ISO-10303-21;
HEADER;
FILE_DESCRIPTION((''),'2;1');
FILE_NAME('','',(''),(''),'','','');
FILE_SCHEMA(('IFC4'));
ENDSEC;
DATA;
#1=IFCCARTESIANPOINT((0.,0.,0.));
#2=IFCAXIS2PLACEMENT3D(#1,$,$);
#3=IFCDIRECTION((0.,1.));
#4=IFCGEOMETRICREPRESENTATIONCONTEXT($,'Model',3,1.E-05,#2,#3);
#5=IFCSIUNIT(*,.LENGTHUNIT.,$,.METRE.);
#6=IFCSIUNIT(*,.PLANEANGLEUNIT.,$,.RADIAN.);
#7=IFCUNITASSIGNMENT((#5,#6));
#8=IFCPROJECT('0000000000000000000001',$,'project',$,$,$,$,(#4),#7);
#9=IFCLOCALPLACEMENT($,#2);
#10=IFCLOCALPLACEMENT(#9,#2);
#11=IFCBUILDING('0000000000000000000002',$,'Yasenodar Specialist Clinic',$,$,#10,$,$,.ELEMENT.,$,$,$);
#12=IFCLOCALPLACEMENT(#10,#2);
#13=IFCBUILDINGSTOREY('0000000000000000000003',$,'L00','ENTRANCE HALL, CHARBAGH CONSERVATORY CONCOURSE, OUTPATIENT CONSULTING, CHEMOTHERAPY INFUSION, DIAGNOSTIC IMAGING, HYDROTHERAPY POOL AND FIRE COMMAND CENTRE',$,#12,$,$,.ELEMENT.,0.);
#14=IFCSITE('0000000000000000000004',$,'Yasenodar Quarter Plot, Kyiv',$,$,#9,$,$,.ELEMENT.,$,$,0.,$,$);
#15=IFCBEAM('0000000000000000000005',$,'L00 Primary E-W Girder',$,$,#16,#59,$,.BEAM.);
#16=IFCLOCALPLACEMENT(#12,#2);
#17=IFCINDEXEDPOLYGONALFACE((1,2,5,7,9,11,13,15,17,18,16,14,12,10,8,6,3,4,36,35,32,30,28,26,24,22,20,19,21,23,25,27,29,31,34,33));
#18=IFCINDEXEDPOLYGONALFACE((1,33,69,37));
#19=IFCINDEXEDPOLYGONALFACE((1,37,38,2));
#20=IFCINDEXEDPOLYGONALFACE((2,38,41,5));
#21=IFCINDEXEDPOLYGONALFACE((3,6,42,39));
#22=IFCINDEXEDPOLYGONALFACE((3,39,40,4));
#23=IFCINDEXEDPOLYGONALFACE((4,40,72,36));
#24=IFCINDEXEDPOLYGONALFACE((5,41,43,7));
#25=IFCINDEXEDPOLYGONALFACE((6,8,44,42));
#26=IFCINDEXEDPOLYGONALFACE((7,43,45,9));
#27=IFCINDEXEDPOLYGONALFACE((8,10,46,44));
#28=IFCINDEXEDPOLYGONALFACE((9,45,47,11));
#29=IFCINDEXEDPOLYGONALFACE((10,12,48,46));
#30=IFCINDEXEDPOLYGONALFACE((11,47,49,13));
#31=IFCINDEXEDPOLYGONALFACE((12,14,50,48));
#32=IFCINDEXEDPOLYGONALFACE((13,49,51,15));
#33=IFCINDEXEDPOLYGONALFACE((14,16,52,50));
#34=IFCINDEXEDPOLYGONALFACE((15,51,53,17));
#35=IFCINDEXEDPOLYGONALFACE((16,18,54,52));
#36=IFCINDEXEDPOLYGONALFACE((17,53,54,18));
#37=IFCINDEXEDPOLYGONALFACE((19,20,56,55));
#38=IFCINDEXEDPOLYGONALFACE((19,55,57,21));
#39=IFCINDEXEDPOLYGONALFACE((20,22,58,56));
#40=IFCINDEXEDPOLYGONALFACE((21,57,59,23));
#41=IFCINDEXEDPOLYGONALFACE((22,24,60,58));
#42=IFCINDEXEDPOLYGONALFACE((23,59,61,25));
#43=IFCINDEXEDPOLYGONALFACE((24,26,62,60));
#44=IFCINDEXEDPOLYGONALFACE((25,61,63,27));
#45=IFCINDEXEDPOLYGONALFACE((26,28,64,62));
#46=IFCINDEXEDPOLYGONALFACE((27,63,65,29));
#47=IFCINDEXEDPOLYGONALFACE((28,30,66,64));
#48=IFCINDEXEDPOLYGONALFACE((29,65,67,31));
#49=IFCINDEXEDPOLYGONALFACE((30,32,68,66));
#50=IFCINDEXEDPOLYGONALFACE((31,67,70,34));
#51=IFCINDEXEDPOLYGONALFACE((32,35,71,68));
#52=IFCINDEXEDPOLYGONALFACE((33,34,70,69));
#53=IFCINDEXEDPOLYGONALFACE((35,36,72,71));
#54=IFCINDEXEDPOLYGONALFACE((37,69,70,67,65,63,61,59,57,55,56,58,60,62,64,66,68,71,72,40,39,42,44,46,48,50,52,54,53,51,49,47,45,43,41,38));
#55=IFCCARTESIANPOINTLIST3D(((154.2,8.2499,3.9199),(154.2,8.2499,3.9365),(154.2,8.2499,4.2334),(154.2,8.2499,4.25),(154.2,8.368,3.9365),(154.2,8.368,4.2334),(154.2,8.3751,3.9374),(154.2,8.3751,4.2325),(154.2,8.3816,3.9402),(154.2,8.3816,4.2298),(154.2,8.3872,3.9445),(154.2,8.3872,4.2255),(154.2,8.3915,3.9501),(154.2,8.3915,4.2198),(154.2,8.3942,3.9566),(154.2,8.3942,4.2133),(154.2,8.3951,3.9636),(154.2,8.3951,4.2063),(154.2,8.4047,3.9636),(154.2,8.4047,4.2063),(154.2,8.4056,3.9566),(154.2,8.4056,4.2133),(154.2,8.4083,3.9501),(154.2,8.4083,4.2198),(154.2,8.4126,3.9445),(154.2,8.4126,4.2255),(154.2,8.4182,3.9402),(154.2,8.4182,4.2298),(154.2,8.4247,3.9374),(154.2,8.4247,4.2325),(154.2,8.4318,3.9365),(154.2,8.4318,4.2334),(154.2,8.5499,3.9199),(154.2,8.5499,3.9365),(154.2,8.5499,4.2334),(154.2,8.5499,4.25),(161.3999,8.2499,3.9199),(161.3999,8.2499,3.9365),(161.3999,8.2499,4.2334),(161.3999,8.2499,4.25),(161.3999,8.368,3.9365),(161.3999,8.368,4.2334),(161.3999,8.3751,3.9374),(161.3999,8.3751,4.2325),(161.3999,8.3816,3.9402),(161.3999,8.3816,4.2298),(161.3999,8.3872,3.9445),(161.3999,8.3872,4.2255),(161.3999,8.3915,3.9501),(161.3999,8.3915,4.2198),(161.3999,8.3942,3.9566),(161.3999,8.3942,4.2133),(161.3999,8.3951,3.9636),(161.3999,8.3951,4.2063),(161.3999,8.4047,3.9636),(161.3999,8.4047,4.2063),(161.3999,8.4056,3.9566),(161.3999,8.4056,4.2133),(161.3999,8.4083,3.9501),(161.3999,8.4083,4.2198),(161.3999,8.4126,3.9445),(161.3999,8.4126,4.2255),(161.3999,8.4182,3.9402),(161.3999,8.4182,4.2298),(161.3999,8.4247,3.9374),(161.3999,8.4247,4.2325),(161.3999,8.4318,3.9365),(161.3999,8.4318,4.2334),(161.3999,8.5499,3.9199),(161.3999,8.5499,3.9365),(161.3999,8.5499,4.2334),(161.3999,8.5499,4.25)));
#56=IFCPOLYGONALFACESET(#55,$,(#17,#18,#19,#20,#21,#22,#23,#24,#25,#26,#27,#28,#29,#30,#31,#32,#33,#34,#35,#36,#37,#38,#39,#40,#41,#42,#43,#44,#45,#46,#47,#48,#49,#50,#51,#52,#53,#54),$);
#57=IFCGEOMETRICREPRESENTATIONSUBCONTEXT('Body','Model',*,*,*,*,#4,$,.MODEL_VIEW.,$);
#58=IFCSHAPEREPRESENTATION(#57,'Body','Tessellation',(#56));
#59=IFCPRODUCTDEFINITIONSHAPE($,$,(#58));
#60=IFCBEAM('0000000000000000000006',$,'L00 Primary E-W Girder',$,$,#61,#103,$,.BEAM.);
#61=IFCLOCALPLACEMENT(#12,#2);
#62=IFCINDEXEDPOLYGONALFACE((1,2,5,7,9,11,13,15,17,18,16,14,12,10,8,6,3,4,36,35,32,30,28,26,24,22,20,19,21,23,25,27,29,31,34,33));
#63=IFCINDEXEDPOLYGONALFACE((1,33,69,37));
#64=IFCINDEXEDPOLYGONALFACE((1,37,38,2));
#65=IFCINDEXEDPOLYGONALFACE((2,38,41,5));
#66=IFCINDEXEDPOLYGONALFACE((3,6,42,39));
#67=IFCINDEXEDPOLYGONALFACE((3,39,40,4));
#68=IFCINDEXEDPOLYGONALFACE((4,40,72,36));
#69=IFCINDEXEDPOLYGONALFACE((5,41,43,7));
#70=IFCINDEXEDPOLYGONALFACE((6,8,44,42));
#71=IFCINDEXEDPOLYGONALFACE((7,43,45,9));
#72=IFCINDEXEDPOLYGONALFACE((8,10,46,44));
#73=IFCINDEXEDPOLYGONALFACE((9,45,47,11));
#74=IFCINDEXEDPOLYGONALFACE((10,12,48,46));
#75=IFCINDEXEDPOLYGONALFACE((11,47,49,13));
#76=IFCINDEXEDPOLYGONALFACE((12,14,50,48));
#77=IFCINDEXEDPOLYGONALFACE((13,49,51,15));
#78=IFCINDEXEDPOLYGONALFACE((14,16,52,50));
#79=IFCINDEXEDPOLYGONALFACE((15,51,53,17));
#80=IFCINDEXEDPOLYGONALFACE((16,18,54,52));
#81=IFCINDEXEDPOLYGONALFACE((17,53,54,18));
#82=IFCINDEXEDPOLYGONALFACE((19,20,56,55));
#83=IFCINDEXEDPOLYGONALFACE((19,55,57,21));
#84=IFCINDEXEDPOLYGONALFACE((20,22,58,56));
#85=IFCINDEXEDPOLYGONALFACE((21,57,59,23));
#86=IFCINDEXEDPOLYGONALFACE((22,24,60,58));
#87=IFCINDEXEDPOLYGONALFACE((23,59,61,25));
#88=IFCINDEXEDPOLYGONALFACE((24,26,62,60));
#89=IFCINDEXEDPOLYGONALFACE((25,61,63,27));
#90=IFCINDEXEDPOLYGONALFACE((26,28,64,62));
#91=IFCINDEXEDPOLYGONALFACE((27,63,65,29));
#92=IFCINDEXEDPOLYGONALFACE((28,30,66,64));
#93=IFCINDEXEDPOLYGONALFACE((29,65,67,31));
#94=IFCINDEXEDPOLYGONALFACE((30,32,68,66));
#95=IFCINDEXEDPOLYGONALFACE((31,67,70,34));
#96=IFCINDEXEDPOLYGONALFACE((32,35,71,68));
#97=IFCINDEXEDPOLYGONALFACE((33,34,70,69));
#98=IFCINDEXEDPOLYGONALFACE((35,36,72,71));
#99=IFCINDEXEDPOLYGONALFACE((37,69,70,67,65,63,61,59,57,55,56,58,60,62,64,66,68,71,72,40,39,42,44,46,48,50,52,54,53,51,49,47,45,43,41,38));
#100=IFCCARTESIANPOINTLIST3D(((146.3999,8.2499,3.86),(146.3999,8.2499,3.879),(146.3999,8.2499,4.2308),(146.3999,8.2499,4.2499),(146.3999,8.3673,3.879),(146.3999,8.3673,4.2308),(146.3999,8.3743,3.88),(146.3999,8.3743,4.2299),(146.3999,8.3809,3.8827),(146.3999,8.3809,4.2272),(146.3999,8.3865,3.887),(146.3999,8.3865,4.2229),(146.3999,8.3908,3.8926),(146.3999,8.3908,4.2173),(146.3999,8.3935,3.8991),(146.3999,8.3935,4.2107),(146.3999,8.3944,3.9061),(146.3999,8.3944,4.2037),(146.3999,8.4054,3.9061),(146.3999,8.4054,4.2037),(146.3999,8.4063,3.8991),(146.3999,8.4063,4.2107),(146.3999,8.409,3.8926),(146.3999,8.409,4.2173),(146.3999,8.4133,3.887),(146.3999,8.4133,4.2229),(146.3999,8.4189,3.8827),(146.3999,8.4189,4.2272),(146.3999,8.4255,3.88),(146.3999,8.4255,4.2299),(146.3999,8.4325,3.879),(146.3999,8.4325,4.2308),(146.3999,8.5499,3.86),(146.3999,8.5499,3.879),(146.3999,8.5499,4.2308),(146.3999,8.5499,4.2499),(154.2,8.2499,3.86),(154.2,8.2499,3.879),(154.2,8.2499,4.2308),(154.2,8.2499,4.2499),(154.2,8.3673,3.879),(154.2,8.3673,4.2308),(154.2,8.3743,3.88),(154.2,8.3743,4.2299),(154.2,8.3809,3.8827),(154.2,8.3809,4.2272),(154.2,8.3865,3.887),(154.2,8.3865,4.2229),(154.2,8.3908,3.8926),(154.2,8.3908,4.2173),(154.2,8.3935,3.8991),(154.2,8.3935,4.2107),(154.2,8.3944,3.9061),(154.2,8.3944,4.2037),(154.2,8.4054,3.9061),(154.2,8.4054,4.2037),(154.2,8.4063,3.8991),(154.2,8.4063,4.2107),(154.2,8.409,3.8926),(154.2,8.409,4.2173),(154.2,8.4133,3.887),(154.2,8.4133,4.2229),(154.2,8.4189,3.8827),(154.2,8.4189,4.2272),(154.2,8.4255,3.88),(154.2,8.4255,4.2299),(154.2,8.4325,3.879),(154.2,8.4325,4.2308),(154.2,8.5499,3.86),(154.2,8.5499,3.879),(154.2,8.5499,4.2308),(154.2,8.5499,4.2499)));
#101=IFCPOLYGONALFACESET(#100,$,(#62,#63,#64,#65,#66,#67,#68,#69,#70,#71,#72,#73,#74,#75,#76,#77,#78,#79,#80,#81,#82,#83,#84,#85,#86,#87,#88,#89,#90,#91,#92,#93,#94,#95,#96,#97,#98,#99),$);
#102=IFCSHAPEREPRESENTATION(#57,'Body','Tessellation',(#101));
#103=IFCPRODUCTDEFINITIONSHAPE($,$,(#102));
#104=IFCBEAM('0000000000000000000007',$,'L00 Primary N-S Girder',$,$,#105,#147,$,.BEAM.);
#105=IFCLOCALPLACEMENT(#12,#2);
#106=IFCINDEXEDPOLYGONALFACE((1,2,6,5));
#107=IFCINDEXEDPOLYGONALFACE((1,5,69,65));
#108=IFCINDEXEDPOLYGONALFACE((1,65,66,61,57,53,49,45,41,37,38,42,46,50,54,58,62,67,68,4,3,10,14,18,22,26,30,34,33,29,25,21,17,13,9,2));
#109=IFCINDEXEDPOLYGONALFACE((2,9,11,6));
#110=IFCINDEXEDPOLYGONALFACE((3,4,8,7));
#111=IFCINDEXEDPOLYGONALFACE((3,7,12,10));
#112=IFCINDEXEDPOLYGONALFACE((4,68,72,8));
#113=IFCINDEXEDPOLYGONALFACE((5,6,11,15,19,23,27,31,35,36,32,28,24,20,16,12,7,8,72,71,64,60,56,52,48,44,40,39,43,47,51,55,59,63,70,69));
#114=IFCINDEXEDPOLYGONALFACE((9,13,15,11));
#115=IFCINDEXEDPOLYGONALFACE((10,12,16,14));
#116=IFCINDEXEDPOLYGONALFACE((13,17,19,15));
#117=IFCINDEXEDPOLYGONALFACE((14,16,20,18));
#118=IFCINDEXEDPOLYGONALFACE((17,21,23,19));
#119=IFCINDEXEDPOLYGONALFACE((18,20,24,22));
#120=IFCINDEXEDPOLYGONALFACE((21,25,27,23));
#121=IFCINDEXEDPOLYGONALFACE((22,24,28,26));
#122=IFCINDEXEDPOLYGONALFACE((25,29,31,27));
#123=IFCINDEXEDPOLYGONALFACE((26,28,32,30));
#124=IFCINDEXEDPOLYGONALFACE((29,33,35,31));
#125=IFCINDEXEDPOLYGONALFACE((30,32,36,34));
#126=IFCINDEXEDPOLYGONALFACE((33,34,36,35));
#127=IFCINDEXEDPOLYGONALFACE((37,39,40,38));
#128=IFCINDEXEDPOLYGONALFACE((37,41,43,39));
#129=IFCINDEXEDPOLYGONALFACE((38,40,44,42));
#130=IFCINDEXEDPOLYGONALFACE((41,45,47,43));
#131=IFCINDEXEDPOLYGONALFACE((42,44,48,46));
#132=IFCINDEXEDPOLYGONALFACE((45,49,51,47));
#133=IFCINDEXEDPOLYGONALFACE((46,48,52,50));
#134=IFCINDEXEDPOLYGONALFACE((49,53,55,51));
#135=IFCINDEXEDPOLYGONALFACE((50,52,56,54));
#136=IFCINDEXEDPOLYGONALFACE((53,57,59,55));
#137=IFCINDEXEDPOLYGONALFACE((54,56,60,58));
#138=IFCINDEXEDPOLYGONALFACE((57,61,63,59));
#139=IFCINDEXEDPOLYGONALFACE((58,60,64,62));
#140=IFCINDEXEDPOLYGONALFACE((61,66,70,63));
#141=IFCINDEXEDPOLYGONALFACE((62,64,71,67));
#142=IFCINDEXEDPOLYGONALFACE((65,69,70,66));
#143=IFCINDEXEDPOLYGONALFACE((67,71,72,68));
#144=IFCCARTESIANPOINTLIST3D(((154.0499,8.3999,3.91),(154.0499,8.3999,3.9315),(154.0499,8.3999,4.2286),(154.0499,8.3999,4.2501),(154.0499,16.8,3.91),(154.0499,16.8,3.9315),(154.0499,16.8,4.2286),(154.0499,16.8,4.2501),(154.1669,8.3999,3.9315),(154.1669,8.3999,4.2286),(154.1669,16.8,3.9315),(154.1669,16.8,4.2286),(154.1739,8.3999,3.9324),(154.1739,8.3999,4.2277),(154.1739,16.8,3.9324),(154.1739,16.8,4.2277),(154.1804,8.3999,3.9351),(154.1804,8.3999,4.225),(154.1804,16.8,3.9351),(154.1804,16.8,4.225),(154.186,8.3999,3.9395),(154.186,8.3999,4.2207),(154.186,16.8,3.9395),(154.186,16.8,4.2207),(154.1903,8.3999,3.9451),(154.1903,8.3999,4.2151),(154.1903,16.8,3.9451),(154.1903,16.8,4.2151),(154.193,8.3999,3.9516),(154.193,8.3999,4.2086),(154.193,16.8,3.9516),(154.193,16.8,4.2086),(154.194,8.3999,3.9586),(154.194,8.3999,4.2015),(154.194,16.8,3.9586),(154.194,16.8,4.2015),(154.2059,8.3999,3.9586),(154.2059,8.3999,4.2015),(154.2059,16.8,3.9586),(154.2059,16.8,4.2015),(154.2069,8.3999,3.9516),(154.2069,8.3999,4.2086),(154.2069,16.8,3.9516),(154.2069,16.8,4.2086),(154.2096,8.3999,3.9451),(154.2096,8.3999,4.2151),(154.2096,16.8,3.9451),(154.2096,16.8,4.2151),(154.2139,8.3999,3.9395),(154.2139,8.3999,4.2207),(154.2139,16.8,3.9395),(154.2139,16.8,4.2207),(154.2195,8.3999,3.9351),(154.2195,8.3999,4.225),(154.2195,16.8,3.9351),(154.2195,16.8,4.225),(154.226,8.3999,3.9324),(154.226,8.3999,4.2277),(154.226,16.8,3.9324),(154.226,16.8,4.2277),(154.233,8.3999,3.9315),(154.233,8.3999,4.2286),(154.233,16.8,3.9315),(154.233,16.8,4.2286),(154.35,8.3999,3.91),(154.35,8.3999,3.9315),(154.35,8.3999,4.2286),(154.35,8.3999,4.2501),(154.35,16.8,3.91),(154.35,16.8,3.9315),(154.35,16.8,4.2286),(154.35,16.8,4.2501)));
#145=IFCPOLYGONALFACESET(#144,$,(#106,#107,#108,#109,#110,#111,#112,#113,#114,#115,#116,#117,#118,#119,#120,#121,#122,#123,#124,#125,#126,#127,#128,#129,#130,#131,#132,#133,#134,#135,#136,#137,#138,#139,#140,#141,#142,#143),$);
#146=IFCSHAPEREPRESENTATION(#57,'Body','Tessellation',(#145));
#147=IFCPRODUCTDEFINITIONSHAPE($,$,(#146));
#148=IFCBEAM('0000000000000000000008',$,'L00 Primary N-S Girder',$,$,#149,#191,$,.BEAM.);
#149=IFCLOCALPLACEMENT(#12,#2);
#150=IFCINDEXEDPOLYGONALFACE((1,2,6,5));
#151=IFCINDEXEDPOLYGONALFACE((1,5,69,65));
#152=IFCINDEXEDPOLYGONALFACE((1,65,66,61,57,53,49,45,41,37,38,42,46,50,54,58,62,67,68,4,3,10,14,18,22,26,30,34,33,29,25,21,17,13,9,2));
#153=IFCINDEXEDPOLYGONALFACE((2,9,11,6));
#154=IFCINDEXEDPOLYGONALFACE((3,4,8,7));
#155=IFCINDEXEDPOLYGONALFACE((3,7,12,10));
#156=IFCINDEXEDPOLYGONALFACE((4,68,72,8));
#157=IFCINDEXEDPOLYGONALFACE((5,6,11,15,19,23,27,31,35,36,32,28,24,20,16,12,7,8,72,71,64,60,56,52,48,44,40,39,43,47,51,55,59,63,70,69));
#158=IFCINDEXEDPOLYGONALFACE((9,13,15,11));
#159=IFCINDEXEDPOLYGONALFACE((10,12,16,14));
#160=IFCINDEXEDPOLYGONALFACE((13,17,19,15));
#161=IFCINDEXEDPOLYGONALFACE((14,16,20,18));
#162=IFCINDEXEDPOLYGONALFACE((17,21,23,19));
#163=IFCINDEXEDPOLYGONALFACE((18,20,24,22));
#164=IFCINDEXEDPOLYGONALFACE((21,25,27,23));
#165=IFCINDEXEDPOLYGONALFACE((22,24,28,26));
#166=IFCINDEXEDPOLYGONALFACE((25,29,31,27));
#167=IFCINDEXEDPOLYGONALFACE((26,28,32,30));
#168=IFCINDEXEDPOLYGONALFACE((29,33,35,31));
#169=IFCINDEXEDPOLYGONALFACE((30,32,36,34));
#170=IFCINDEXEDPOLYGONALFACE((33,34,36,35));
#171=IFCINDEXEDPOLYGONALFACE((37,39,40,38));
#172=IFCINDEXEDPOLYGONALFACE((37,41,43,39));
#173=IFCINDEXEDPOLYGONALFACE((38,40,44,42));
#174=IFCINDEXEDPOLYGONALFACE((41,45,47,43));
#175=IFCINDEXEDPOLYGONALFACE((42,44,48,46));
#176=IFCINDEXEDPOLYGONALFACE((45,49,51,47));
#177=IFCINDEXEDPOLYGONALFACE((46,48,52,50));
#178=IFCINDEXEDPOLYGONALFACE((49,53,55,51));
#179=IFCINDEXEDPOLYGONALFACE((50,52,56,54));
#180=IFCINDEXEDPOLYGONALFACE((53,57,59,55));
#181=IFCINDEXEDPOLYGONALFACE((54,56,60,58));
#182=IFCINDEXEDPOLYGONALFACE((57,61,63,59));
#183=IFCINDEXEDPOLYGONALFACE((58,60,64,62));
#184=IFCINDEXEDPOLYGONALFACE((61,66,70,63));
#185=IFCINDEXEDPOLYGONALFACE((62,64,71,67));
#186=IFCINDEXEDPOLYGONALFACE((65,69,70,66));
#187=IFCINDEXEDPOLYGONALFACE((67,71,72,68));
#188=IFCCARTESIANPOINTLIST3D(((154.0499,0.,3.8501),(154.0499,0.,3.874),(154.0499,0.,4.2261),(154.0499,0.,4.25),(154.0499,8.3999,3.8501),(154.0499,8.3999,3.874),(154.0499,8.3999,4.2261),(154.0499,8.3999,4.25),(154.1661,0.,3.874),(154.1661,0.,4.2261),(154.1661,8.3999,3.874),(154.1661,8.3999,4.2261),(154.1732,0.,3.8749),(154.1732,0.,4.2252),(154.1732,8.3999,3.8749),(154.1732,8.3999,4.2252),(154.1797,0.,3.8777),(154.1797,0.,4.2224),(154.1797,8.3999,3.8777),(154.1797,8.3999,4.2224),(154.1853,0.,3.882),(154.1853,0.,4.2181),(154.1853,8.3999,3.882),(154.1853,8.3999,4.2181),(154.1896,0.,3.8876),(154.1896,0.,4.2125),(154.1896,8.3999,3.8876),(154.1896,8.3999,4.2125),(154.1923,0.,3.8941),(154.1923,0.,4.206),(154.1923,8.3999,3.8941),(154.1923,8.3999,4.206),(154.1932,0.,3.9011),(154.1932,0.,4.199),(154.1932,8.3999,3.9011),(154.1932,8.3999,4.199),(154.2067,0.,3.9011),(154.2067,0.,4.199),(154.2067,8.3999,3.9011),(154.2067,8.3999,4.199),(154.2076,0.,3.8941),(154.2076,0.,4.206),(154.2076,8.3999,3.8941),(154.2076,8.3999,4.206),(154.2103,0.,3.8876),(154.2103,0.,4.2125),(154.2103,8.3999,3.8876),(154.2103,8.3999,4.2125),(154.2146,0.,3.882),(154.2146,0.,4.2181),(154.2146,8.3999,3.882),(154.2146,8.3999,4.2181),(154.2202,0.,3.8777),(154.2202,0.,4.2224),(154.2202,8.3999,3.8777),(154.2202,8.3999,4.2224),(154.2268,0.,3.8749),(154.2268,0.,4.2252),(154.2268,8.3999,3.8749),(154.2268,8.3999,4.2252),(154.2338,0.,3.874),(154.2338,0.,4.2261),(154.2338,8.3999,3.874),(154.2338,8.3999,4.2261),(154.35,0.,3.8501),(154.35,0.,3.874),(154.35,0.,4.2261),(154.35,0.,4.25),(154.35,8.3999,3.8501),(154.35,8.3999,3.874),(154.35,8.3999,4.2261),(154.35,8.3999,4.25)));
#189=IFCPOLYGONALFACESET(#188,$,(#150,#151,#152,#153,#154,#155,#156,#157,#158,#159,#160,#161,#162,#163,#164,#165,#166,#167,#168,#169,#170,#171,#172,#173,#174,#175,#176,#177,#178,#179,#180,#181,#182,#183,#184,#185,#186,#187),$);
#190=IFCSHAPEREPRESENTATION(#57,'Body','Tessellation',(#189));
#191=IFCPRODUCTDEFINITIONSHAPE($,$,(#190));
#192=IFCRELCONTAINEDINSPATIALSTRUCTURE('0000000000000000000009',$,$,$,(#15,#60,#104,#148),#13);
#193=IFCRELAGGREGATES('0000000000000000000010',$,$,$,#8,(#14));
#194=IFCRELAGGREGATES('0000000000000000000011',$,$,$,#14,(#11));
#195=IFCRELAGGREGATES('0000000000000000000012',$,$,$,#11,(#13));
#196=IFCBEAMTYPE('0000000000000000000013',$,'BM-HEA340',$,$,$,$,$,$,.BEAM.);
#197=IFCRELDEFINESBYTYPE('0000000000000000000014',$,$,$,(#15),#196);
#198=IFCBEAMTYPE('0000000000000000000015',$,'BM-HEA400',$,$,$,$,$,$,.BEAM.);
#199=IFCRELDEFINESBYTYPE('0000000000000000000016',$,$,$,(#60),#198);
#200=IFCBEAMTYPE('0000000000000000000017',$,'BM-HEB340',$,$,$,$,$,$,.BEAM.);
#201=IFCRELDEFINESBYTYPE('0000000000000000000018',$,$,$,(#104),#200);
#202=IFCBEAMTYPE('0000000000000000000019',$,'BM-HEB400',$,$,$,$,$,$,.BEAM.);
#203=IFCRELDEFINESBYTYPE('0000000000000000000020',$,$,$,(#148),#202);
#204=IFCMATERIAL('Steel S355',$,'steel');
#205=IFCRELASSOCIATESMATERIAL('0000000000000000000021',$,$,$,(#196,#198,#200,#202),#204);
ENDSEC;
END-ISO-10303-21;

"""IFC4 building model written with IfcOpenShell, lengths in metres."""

from ifc_helpers import new_model, si_unit, direction, frame, origin, origin_2d, place, context, subcontext, project, spatial, i_section, extrude, material, material_profile, profile_set, type_object, element, save


model = new_model("IFC4")

# Units and contexts
model_context = context("Model", 3, precision=1e-05, world=origin(), true_north=direction((0.0, 1.0)))
body_context = subcontext(model_context, "Body", "Model", "MODEL_VIEW")
ifc_project = project(units=[si_unit("LENGTHUNIT", "METRE"), si_unit("PLANEANGLEUNIT", "RADIAN")], contexts=[model_context])

# Site, building, storey
site_placement = place(None, origin())
site = spatial("IfcSite", under=ifc_project, at=site_placement, Name="Yasenodar Quarter Plot, Kyiv", CompositionType="ELEMENT", RefElevation=0.0)
building_placement = place(site_placement, origin())
building = spatial("IfcBuilding", under=site, at=building_placement, Name="Yasenodar Specialist Clinic", CompositionType="ELEMENT")
storey_placement = place(building_placement, origin())
storey = spatial("IfcBuildingStorey", under=building, at=storey_placement, Name="L00", Description="ENTRANCE HALL, CHARBAGH CONSERVATORY CONCOURSE, OUTPATIENT CONSULTING, CHEMOTHERAPY INFUSION, DIAGNOSTIC IMAGING, HYDROTHERAPY POOL AND FIRE COMMAND CENTRE", CompositionType="ELEMENT", Elevation=0.0)

# Shared definitions
ifc_material_1 = material(Name="Steel S355", Category="steel")

# Beams
ifc_material_profile_1 = material_profile(ifc_material_1, i_section(OverallWidth=0.3, OverallDepth=0.3301, WebThickness=0.0095, FlangeThickness=0.0166, FilletRadius=0.0271, at=origin_2d()), Name="HEA 340")
ifc_profile_set_1 = profile_set([ifc_material_profile_1], Name="Steel S355")
beam_type_1 = type_object("IfcBeamType", Name="BM-HEA340", PredefinedType="BEAM", material=ifc_profile_set_1)
beam_1_placement = place(storey_placement, frame((154.2, 8.3999, 4.085), z_axis=(1.0, 0.0, 0.0), x_axis=(0.0, 1.0, 0.0)))
element("IfcBeam", 1, at=beam_1_placement, inside=storey, type_object=beam_type_1, Name="L00 Primary E-W Girder", PredefinedType="BEAM", context=body_context, shape_type="SweptSolid", body=[
    extrude(i_section(OverallWidth=0.3, OverallDepth=0.3301, WebThickness=0.0095, FlangeThickness=0.0166, FilletRadius=0.0271, at=origin_2d()), origin(), (0.0, 0.0, 1.0), 7.2),
])
ifc_material_profile_2 = material_profile(ifc_material_1, i_section(OverallWidth=0.3, OverallDepth=0.3899, WebThickness=0.011, FlangeThickness=0.019, FilletRadius=0.0271, at=origin_2d()), Name="HEA 400")
ifc_profile_set_2 = profile_set([ifc_material_profile_2], Name="Steel S355")
beam_type_2 = type_object("IfcBeamType", Name="BM-HEA400", PredefinedType="BEAM", material=ifc_profile_set_2)
beam_2_placement = place(storey_placement, frame((146.3999, 8.3999, 4.0549), z_axis=(1.0, 0.0, 0.0), x_axis=(0.0, 1.0, 0.0)))
element("IfcBeam", 2, at=beam_2_placement, inside=storey, type_object=beam_type_2, Name="L00 Primary E-W Girder", PredefinedType="BEAM", context=body_context, shape_type="SweptSolid", body=[
    extrude(i_section(OverallWidth=0.3, OverallDepth=0.3899, WebThickness=0.011, FlangeThickness=0.019, FilletRadius=0.0271, at=origin_2d()), origin(), (0.0, 0.0, 1.0), 7.8),
])
ifc_material_profile_3 = material_profile(ifc_material_1, i_section(OverallWidth=0.3, OverallDepth=0.3401, WebThickness=0.012, FlangeThickness=0.0215, FilletRadius=0.0271, at=origin_2d()), Name="HEB 340")
ifc_profile_set_3 = profile_set([ifc_material_profile_3], Name="Steel S355")
beam_type_3 = type_object("IfcBeamType", Name="BM-HEB340", PredefinedType="BEAM", material=ifc_profile_set_3)
beam_3_placement = place(storey_placement, frame((154.2, 8.3999, 4.0801), z_axis=(0.0, 1.0, 0.0), x_axis=(-1.0, 0.0, 0.0)))
element("IfcBeam", 3, at=beam_3_placement, inside=storey, type_object=beam_type_3, Name="L00 Primary N-S Girder", PredefinedType="BEAM", context=body_context, shape_type="SweptSolid", body=[
    extrude(i_section(OverallWidth=0.3, OverallDepth=0.3401, WebThickness=0.012, FlangeThickness=0.0215, FilletRadius=0.0271, at=origin_2d()), origin(), (0.0, 0.0, 1.0), 8.4001),
])
ifc_material_profile_4 = material_profile(ifc_material_1, i_section(OverallWidth=0.3, OverallDepth=0.3999, WebThickness=0.0134, FlangeThickness=0.0239, FilletRadius=0.0271, at=origin_2d()), Name="HEB 400")
ifc_profile_set_4 = profile_set([ifc_material_profile_4], Name="Steel S355")
beam_type_4 = type_object("IfcBeamType", Name="BM-HEB400", PredefinedType="BEAM", material=ifc_profile_set_4)
beam_4_placement = place(storey_placement, frame((154.2, 0.0, 4.05), z_axis=(0.0, 1.0, 0.0), x_axis=(-1.0, 0.0, 0.0)))
element("IfcBeam", 4, at=beam_4_placement, inside=storey, type_object=beam_type_4, Name="L00 Primary N-S Girder", PredefinedType="BEAM", context=body_context, shape_type="SweptSolid", body=[
    extrude(i_section(OverallWidth=0.3, OverallDepth=0.3999, WebThickness=0.0134, FlangeThickness=0.0239, FilletRadius=0.0271, at=origin_2d()), origin(), (0.0, 0.0, 1.0), 8.3999),
])

save(model, "model.ifc")
